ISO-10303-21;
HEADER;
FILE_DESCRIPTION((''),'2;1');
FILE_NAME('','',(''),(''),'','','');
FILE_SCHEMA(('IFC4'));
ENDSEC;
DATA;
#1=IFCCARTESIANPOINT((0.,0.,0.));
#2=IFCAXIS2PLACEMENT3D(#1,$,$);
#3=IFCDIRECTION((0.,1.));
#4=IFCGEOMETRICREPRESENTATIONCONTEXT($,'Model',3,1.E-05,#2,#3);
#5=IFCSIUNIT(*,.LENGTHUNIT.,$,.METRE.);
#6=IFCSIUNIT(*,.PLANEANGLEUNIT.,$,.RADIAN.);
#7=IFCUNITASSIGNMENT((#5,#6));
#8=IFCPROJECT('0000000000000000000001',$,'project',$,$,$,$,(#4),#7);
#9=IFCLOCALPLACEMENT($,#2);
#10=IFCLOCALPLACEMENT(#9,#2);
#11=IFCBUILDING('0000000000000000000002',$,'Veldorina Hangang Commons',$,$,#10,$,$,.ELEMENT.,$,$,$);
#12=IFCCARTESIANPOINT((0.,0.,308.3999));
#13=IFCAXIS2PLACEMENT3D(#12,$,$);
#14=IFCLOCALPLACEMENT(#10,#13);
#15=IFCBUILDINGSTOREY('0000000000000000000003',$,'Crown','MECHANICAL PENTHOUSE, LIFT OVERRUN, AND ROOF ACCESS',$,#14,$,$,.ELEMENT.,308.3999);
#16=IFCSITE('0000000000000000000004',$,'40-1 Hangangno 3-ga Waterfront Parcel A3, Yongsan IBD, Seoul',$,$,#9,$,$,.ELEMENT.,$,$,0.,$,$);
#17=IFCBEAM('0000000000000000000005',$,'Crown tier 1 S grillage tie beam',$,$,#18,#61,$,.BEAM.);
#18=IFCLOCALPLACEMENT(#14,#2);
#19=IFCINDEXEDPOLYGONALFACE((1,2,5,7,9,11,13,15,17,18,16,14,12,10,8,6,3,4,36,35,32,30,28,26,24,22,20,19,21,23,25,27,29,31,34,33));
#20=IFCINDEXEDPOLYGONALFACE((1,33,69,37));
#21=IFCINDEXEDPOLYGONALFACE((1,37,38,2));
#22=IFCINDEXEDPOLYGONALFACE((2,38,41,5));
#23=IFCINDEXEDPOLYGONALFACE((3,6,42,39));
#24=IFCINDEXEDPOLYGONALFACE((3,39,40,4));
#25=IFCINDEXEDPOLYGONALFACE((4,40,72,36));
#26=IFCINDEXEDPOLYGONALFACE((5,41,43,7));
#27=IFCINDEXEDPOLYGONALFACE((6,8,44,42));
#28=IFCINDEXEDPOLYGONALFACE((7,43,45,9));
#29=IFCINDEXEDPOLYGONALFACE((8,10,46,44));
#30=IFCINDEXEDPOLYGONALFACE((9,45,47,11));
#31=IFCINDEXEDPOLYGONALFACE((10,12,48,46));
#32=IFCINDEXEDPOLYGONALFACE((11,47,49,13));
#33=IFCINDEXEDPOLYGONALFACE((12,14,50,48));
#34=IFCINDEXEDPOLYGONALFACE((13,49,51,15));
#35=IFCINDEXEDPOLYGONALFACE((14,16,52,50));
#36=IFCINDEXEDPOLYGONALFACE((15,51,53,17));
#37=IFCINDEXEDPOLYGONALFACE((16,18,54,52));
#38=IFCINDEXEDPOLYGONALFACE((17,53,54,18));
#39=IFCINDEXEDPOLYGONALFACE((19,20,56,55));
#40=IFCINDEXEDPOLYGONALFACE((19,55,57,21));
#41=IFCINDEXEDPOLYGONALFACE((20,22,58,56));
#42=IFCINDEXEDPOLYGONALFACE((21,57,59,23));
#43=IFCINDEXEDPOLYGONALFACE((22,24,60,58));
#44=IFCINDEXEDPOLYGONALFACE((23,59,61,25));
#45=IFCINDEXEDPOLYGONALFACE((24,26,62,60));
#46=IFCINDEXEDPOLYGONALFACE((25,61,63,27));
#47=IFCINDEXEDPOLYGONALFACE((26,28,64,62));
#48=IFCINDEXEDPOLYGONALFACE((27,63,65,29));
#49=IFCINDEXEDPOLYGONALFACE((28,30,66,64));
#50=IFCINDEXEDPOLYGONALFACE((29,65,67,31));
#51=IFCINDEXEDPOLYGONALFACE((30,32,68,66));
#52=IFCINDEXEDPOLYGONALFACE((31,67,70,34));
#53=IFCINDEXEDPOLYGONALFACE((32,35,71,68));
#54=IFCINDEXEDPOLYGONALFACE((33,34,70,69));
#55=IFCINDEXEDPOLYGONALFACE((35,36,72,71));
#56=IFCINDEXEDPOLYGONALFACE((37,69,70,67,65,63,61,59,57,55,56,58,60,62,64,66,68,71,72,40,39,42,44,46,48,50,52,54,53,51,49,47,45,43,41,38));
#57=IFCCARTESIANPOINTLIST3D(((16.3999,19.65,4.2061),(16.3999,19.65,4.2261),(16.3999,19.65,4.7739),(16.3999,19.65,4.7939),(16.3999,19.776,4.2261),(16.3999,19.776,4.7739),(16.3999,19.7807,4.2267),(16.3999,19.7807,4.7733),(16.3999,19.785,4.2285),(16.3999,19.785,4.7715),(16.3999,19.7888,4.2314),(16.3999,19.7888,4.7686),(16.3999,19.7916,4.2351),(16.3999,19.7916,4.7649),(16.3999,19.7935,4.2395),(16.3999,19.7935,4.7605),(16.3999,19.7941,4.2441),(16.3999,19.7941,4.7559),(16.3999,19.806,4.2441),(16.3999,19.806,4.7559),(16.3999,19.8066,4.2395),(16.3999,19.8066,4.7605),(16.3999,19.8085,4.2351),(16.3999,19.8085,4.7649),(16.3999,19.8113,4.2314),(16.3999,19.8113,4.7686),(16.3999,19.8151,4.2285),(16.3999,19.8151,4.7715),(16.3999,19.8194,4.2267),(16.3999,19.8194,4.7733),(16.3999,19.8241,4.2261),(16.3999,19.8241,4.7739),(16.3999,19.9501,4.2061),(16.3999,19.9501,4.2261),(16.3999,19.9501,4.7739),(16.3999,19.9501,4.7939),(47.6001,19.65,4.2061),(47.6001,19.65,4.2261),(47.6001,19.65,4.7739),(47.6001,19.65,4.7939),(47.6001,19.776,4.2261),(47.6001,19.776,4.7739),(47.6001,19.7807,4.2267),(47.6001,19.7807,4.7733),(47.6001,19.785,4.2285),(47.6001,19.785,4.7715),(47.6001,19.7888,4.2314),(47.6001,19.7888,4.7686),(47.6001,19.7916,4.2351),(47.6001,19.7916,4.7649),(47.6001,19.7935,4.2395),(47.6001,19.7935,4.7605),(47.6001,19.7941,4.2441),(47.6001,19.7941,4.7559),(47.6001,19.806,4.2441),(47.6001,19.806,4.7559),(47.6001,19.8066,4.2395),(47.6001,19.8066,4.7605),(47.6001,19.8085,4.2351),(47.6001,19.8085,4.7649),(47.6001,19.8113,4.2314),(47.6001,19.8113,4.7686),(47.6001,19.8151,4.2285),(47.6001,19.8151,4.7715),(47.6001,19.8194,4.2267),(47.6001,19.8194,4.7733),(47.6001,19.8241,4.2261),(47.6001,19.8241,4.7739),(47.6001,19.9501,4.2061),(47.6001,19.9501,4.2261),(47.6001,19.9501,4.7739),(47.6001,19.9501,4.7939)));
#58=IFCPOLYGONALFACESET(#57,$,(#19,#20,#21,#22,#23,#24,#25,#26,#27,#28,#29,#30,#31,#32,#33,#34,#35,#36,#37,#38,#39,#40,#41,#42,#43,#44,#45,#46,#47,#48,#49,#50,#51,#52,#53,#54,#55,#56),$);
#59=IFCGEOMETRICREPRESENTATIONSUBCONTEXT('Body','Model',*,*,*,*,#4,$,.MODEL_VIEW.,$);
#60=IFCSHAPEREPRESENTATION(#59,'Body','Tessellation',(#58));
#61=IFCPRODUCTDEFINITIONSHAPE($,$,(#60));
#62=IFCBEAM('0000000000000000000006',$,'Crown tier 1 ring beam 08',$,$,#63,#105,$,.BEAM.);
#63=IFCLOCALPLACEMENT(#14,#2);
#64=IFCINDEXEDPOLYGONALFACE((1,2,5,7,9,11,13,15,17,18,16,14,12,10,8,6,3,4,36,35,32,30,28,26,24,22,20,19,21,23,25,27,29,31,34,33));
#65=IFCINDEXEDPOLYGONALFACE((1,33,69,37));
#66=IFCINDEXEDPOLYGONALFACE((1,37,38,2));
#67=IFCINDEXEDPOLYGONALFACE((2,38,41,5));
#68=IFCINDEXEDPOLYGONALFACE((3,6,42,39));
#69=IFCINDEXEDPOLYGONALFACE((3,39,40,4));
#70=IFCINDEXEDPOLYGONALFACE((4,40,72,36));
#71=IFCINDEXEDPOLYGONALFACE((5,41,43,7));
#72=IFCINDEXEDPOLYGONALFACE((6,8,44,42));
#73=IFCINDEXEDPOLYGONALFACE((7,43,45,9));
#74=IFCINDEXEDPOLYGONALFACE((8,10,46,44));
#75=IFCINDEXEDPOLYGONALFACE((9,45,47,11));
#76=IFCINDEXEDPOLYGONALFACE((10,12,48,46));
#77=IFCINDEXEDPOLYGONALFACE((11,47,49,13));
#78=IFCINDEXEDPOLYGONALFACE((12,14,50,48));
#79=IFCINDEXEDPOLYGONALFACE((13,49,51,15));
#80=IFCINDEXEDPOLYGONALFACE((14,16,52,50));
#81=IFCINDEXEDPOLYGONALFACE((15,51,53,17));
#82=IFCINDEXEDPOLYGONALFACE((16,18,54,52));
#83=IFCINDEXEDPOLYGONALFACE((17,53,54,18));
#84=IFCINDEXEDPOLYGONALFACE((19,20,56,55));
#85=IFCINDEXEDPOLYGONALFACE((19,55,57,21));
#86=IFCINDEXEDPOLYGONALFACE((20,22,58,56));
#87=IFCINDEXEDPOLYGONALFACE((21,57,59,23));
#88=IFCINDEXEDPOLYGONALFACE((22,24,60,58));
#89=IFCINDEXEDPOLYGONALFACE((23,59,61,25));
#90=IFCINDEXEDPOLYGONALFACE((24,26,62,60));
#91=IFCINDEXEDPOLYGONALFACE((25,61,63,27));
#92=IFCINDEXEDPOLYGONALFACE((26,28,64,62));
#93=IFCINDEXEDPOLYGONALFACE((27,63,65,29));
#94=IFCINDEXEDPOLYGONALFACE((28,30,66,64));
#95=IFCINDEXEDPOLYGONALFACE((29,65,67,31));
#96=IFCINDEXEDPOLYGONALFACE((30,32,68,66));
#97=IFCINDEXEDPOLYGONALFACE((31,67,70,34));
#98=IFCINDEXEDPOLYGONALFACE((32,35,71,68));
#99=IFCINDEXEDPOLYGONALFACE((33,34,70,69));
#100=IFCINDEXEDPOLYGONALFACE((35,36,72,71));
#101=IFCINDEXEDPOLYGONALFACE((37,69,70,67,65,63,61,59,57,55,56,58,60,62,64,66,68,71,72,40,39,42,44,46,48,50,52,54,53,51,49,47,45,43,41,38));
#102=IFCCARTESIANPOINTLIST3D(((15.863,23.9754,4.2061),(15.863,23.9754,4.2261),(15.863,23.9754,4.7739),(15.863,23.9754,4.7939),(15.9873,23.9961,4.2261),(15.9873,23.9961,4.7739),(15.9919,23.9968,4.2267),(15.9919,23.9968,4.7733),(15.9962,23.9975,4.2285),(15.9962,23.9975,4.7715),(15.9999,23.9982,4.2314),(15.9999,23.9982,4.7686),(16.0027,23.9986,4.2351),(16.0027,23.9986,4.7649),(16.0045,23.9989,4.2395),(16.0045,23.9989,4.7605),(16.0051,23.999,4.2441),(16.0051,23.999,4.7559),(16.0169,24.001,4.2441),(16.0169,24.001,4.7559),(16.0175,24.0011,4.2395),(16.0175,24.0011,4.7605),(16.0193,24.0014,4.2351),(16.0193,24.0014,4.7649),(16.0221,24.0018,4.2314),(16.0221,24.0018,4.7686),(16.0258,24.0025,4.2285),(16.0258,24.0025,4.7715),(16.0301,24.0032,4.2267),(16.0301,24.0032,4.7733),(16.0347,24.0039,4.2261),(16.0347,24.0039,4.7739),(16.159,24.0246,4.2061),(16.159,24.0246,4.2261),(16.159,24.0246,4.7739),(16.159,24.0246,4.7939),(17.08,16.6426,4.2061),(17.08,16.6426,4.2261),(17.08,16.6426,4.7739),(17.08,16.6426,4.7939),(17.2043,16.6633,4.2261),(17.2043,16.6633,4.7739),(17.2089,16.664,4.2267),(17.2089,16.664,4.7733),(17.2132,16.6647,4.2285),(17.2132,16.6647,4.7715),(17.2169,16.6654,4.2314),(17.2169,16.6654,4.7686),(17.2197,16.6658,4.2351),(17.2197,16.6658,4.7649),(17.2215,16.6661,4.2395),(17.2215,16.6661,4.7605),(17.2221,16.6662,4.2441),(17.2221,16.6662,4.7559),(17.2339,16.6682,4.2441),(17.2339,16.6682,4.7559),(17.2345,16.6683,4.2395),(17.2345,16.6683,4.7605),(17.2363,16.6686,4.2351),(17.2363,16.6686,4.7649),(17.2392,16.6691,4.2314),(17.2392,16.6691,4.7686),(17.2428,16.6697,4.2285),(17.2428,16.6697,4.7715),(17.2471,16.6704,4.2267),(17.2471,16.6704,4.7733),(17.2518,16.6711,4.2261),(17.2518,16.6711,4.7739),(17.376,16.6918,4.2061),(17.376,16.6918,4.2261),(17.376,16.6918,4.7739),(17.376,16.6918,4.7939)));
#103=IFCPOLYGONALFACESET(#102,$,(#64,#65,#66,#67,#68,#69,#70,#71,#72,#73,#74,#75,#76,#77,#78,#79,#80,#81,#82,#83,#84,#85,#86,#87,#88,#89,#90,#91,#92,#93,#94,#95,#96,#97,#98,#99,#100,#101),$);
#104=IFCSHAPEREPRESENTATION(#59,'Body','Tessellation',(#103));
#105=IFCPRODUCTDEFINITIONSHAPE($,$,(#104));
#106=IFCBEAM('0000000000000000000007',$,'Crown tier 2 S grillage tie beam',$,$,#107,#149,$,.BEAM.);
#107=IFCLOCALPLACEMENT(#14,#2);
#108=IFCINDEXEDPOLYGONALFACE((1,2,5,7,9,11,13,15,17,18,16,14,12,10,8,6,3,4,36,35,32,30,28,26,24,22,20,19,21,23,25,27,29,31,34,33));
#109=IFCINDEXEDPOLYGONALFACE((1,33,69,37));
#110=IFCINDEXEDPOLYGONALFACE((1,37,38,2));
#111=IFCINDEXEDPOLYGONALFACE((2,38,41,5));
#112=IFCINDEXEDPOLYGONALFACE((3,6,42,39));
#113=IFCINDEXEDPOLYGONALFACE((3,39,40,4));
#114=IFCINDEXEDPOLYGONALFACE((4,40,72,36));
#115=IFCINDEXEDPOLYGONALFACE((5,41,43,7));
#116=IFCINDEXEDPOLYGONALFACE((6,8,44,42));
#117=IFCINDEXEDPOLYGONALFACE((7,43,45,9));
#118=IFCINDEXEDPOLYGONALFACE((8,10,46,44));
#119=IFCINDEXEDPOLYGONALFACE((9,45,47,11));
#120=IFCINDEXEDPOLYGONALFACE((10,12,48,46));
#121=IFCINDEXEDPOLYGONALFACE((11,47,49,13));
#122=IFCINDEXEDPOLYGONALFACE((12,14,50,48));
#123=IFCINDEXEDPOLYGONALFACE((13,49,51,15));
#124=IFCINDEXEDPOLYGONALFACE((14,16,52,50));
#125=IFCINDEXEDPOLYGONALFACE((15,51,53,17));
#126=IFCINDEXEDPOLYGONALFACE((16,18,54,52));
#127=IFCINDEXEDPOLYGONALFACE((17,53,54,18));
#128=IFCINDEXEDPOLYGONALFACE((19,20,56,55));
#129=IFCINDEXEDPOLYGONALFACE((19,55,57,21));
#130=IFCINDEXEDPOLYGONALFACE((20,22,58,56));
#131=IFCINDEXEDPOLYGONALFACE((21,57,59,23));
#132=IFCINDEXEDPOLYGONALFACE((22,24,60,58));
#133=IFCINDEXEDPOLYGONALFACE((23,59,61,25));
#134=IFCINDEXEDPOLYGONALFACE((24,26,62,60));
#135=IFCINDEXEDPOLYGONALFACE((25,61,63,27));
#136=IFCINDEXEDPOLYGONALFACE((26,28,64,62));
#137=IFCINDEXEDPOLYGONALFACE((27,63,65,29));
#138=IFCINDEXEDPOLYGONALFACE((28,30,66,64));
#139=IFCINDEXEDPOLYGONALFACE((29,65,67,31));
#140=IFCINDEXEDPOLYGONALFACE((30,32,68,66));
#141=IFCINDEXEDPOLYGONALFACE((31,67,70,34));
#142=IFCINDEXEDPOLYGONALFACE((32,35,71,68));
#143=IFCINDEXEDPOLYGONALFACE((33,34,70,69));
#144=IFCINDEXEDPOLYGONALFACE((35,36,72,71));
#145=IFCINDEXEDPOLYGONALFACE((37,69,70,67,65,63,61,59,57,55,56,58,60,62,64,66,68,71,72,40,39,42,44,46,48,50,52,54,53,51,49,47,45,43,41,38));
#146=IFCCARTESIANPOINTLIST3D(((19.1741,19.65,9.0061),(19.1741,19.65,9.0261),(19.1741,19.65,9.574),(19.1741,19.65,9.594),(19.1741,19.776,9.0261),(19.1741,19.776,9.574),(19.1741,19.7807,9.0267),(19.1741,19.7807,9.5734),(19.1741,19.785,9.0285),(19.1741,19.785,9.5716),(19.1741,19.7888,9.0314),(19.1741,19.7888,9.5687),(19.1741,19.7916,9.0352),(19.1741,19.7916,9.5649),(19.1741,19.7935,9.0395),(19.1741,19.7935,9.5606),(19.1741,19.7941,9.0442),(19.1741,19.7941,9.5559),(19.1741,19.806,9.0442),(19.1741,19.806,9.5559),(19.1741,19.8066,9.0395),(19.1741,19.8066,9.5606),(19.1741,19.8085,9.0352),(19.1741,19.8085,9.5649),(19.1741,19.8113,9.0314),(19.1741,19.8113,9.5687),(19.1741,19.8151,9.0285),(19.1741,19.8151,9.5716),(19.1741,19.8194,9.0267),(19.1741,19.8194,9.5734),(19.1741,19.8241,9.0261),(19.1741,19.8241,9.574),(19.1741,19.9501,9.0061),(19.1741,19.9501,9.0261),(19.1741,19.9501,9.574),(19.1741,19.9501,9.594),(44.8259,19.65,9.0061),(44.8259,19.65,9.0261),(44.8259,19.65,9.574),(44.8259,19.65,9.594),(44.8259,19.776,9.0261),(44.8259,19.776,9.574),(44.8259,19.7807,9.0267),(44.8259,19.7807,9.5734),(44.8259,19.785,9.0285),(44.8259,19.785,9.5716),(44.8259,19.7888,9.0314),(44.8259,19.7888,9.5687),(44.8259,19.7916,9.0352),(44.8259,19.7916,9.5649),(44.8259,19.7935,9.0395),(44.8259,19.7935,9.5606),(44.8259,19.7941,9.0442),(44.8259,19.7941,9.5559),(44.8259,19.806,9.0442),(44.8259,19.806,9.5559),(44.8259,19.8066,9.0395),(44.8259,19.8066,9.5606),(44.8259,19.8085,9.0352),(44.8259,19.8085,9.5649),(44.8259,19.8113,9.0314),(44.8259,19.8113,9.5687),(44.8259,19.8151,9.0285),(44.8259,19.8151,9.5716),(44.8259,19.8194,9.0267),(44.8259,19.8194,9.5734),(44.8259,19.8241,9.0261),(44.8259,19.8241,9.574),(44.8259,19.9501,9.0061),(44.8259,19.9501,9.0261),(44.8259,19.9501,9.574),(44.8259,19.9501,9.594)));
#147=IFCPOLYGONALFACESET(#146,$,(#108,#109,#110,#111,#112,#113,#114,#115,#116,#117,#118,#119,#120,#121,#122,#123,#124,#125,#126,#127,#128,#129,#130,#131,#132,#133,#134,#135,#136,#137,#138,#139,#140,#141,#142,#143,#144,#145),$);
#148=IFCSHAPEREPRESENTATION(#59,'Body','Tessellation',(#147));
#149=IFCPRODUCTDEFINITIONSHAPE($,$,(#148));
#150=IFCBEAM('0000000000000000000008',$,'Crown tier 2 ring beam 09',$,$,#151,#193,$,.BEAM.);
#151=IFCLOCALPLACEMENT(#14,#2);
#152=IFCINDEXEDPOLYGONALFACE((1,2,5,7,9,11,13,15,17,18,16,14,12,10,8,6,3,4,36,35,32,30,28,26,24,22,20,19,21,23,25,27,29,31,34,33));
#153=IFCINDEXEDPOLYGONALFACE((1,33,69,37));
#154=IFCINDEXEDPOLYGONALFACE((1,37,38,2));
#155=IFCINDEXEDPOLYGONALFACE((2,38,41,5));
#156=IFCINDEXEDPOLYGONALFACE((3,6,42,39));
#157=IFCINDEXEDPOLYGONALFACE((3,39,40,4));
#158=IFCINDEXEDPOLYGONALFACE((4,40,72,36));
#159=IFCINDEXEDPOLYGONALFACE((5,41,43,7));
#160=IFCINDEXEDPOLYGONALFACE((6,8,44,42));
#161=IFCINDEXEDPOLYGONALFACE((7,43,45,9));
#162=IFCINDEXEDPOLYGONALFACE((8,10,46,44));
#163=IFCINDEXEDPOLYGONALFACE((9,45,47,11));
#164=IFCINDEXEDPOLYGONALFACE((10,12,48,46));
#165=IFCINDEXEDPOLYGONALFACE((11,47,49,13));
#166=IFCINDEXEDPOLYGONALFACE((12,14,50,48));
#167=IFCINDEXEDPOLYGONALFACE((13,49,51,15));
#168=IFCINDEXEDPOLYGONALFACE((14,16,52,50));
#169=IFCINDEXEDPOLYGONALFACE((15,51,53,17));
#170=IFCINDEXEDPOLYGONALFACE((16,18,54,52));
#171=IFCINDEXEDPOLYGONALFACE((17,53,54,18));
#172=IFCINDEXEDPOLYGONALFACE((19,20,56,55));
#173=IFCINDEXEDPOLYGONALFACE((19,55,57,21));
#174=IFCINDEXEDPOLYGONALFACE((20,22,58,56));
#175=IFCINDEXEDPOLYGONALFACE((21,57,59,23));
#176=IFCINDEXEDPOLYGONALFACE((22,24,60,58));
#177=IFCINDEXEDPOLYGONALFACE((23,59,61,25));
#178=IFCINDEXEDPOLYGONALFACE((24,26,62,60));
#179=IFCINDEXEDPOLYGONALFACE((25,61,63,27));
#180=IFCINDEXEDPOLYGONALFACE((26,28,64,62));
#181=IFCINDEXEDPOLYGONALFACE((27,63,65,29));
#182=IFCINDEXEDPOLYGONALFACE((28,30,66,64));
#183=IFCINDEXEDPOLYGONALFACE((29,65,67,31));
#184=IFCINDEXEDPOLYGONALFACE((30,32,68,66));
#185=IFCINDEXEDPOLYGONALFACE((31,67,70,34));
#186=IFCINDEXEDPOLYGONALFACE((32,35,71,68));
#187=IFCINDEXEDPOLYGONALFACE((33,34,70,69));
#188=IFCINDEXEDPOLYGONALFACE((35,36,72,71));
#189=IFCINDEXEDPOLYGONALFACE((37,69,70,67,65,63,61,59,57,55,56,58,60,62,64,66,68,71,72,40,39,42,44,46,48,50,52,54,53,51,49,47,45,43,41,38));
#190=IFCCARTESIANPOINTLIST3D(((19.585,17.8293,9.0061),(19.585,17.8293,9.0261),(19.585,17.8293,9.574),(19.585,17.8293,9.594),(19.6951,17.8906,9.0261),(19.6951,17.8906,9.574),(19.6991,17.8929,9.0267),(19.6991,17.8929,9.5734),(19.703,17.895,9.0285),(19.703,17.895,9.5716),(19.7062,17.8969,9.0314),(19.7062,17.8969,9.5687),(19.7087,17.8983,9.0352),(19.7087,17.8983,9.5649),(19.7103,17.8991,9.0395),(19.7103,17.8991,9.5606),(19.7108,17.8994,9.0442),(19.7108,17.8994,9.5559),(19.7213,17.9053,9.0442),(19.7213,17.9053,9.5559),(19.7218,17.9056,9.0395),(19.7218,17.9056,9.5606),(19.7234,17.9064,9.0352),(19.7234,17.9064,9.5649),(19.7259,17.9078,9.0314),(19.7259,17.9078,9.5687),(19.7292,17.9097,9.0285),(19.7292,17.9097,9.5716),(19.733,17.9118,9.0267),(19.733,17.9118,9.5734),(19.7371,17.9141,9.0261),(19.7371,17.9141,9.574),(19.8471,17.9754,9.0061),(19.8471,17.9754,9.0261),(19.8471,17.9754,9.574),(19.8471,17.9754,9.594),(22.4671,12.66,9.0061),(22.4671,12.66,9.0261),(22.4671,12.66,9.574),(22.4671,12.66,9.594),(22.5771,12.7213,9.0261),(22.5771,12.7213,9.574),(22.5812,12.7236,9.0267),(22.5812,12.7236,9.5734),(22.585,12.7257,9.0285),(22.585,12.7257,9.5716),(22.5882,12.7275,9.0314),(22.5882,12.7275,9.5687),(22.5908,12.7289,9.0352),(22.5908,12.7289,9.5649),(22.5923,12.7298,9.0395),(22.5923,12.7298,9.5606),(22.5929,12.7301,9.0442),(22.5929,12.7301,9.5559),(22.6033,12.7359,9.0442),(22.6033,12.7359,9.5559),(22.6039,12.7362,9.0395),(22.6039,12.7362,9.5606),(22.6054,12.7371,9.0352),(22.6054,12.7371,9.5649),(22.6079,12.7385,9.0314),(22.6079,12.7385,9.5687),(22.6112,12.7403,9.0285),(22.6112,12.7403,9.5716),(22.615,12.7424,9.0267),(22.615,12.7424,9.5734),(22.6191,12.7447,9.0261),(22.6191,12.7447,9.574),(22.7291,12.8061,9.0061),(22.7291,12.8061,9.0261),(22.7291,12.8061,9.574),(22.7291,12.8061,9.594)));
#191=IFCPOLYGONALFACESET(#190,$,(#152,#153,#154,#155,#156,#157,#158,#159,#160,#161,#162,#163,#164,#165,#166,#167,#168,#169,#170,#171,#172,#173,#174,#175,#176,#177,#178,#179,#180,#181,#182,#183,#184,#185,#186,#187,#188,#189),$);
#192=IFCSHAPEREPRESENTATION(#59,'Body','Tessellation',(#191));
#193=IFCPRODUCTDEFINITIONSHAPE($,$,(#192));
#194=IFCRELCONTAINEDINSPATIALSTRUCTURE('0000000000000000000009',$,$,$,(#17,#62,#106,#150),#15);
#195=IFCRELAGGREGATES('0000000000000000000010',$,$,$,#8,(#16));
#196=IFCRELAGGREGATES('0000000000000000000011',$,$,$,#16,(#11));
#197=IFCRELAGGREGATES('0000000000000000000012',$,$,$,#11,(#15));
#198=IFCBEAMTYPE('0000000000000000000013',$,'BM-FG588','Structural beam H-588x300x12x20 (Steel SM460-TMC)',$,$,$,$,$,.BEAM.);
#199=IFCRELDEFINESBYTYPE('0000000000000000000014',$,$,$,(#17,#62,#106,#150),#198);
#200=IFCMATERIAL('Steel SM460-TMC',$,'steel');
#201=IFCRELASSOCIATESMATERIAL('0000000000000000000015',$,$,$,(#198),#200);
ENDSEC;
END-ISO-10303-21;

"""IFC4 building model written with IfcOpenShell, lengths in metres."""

from ifc_helpers import new_model, si_unit, direction, frame, origin, origin_2d, place, context, subcontext, project, spatial, i_section, extrude, material, material_profile, profile_set, type_object, element, save


model = new_model("IFC4")

# Units and contexts
model_context = context("Model", 3, precision=1e-05, world=origin(), true_north=direction((0.0, 1.0)))
body_context = subcontext(model_context, "Body", "Model", "MODEL_VIEW")
ifc_project = project(units=[si_unit("LENGTHUNIT", "METRE"), si_unit("PLANEANGLEUNIT", "RADIAN")], contexts=[model_context])

# Site, building, storey
site_placement = place(None, origin())
site = spatial("IfcSite", under=ifc_project, at=site_placement, Name="40-1 Hangangno 3-ga Waterfront Parcel A3, Yongsan IBD, Seoul", CompositionType="ELEMENT", RefElevation=0.0)
building_placement = place(site_placement, origin())
building = spatial("IfcBuilding", under=site, at=building_placement, Name="Veldorina Hangang Commons", CompositionType="ELEMENT")
storey_placement = place(building_placement, frame((0.0, 0.0, 308.3999)))
storey = spatial("IfcBuildingStorey", under=building, at=storey_placement, Name="Crown", Description="MECHANICAL PENTHOUSE, LIFT OVERRUN, AND ROOF ACCESS", CompositionType="ELEMENT", Elevation=308.3999)

# Beams
ifc_material_1 = material(Name="Steel SM460-TMC", Category="steel")
ifc_material_profile_1 = material_profile(ifc_material_1, i_section(OverallWidth=0.3, OverallDepth=0.5879, WebThickness=0.012, FlangeThickness=0.02, FilletRadius=0.0181, at=origin_2d()), Name="H-588x300x12x20")
ifc_profile_set_1 = profile_set([ifc_material_profile_1], Name="Steel SM460-TMC")
beam_type = type_object("IfcBeamType", Name="BM-FG588", Description="Structural beam H-588x300x12x20 (Steel SM460-TMC)", PredefinedType="BEAM", material=ifc_profile_set_1)
beam_1_placement = place(storey_placement, frame((16.3999, 19.8, 4.5), z_axis=(1.0, 0.0, 0.0), x_axis=(0.0, 1.0, 0.0)))
element("IfcBeam", 1, at=beam_1_placement, inside=storey, type_object=beam_type, Name="Crown tier 1 S grillage tie beam", PredefinedType="BEAM", context=body_context, shape_type="SweptSolid", body=[
    extrude(i_section(OverallWidth=0.3, OverallDepth=0.5879, WebThickness=0.012, FlangeThickness=0.02, FilletRadius=0.0181, at=origin_2d()), origin(), (0.0, 0.0, 1.0), 31.2002),
])
beam_2_placement = place(storey_placement, frame((16.011, 24.0, 4.5), z_axis=(0.163733, -0.986505, 0.0), x_axis=(0.986505, 0.163733, 0.0)))
element("IfcBeam", 2, at=beam_2_placement, inside=storey, type_object=beam_type, Name="Crown tier 1 ring beam 08", PredefinedType="BEAM", context=body_context, shape_type="SweptSolid", body=[
    extrude(i_section(OverallWidth=0.3, OverallDepth=0.5879, WebThickness=0.012, FlangeThickness=0.02, FilletRadius=0.0181, at=origin_2d()), origin(), (0.0, 0.0, 1.0), 7.4331),
])
beam_3_placement = place(storey_placement, frame((19.1741, 19.8, 9.3), z_axis=(1.0, 0.0, 0.0), x_axis=(0.0, 1.0, 0.0)))
element("IfcBeam", 3, at=beam_3_placement, inside=storey, type_object=beam_type, Name="Crown tier 2 S grillage tie beam", PredefinedType="BEAM", context=body_context, shape_type="SweptSolid", body=[
    extrude(i_section(OverallWidth=0.3, OverallDepth=0.5879, WebThickness=0.012, FlangeThickness=0.02, FilletRadius=0.0181, at=origin_2d()), origin(), (0.0, 0.0, 1.0), 25.6519),
])
beam_4_placement = place(storey_placement, frame((19.7161, 17.9023, 9.3), z_axis=(0.486956, -0.873427, 0.0), x_axis=(0.873427, 0.486956, 0.0)))
element("IfcBeam", 4, at=beam_4_placement, inside=storey, type_object=beam_type, Name="Crown tier 2 ring beam 09", PredefinedType="BEAM", context=body_context, shape_type="SweptSolid", body=[
    extrude(i_section(OverallWidth=0.3, OverallDepth=0.5879, WebThickness=0.012, FlangeThickness=0.02, FilletRadius=0.0181, at=origin_2d()), origin(), (0.0, 0.0, 1.0), 5.9185),
])

save(model, "model.ifc")
